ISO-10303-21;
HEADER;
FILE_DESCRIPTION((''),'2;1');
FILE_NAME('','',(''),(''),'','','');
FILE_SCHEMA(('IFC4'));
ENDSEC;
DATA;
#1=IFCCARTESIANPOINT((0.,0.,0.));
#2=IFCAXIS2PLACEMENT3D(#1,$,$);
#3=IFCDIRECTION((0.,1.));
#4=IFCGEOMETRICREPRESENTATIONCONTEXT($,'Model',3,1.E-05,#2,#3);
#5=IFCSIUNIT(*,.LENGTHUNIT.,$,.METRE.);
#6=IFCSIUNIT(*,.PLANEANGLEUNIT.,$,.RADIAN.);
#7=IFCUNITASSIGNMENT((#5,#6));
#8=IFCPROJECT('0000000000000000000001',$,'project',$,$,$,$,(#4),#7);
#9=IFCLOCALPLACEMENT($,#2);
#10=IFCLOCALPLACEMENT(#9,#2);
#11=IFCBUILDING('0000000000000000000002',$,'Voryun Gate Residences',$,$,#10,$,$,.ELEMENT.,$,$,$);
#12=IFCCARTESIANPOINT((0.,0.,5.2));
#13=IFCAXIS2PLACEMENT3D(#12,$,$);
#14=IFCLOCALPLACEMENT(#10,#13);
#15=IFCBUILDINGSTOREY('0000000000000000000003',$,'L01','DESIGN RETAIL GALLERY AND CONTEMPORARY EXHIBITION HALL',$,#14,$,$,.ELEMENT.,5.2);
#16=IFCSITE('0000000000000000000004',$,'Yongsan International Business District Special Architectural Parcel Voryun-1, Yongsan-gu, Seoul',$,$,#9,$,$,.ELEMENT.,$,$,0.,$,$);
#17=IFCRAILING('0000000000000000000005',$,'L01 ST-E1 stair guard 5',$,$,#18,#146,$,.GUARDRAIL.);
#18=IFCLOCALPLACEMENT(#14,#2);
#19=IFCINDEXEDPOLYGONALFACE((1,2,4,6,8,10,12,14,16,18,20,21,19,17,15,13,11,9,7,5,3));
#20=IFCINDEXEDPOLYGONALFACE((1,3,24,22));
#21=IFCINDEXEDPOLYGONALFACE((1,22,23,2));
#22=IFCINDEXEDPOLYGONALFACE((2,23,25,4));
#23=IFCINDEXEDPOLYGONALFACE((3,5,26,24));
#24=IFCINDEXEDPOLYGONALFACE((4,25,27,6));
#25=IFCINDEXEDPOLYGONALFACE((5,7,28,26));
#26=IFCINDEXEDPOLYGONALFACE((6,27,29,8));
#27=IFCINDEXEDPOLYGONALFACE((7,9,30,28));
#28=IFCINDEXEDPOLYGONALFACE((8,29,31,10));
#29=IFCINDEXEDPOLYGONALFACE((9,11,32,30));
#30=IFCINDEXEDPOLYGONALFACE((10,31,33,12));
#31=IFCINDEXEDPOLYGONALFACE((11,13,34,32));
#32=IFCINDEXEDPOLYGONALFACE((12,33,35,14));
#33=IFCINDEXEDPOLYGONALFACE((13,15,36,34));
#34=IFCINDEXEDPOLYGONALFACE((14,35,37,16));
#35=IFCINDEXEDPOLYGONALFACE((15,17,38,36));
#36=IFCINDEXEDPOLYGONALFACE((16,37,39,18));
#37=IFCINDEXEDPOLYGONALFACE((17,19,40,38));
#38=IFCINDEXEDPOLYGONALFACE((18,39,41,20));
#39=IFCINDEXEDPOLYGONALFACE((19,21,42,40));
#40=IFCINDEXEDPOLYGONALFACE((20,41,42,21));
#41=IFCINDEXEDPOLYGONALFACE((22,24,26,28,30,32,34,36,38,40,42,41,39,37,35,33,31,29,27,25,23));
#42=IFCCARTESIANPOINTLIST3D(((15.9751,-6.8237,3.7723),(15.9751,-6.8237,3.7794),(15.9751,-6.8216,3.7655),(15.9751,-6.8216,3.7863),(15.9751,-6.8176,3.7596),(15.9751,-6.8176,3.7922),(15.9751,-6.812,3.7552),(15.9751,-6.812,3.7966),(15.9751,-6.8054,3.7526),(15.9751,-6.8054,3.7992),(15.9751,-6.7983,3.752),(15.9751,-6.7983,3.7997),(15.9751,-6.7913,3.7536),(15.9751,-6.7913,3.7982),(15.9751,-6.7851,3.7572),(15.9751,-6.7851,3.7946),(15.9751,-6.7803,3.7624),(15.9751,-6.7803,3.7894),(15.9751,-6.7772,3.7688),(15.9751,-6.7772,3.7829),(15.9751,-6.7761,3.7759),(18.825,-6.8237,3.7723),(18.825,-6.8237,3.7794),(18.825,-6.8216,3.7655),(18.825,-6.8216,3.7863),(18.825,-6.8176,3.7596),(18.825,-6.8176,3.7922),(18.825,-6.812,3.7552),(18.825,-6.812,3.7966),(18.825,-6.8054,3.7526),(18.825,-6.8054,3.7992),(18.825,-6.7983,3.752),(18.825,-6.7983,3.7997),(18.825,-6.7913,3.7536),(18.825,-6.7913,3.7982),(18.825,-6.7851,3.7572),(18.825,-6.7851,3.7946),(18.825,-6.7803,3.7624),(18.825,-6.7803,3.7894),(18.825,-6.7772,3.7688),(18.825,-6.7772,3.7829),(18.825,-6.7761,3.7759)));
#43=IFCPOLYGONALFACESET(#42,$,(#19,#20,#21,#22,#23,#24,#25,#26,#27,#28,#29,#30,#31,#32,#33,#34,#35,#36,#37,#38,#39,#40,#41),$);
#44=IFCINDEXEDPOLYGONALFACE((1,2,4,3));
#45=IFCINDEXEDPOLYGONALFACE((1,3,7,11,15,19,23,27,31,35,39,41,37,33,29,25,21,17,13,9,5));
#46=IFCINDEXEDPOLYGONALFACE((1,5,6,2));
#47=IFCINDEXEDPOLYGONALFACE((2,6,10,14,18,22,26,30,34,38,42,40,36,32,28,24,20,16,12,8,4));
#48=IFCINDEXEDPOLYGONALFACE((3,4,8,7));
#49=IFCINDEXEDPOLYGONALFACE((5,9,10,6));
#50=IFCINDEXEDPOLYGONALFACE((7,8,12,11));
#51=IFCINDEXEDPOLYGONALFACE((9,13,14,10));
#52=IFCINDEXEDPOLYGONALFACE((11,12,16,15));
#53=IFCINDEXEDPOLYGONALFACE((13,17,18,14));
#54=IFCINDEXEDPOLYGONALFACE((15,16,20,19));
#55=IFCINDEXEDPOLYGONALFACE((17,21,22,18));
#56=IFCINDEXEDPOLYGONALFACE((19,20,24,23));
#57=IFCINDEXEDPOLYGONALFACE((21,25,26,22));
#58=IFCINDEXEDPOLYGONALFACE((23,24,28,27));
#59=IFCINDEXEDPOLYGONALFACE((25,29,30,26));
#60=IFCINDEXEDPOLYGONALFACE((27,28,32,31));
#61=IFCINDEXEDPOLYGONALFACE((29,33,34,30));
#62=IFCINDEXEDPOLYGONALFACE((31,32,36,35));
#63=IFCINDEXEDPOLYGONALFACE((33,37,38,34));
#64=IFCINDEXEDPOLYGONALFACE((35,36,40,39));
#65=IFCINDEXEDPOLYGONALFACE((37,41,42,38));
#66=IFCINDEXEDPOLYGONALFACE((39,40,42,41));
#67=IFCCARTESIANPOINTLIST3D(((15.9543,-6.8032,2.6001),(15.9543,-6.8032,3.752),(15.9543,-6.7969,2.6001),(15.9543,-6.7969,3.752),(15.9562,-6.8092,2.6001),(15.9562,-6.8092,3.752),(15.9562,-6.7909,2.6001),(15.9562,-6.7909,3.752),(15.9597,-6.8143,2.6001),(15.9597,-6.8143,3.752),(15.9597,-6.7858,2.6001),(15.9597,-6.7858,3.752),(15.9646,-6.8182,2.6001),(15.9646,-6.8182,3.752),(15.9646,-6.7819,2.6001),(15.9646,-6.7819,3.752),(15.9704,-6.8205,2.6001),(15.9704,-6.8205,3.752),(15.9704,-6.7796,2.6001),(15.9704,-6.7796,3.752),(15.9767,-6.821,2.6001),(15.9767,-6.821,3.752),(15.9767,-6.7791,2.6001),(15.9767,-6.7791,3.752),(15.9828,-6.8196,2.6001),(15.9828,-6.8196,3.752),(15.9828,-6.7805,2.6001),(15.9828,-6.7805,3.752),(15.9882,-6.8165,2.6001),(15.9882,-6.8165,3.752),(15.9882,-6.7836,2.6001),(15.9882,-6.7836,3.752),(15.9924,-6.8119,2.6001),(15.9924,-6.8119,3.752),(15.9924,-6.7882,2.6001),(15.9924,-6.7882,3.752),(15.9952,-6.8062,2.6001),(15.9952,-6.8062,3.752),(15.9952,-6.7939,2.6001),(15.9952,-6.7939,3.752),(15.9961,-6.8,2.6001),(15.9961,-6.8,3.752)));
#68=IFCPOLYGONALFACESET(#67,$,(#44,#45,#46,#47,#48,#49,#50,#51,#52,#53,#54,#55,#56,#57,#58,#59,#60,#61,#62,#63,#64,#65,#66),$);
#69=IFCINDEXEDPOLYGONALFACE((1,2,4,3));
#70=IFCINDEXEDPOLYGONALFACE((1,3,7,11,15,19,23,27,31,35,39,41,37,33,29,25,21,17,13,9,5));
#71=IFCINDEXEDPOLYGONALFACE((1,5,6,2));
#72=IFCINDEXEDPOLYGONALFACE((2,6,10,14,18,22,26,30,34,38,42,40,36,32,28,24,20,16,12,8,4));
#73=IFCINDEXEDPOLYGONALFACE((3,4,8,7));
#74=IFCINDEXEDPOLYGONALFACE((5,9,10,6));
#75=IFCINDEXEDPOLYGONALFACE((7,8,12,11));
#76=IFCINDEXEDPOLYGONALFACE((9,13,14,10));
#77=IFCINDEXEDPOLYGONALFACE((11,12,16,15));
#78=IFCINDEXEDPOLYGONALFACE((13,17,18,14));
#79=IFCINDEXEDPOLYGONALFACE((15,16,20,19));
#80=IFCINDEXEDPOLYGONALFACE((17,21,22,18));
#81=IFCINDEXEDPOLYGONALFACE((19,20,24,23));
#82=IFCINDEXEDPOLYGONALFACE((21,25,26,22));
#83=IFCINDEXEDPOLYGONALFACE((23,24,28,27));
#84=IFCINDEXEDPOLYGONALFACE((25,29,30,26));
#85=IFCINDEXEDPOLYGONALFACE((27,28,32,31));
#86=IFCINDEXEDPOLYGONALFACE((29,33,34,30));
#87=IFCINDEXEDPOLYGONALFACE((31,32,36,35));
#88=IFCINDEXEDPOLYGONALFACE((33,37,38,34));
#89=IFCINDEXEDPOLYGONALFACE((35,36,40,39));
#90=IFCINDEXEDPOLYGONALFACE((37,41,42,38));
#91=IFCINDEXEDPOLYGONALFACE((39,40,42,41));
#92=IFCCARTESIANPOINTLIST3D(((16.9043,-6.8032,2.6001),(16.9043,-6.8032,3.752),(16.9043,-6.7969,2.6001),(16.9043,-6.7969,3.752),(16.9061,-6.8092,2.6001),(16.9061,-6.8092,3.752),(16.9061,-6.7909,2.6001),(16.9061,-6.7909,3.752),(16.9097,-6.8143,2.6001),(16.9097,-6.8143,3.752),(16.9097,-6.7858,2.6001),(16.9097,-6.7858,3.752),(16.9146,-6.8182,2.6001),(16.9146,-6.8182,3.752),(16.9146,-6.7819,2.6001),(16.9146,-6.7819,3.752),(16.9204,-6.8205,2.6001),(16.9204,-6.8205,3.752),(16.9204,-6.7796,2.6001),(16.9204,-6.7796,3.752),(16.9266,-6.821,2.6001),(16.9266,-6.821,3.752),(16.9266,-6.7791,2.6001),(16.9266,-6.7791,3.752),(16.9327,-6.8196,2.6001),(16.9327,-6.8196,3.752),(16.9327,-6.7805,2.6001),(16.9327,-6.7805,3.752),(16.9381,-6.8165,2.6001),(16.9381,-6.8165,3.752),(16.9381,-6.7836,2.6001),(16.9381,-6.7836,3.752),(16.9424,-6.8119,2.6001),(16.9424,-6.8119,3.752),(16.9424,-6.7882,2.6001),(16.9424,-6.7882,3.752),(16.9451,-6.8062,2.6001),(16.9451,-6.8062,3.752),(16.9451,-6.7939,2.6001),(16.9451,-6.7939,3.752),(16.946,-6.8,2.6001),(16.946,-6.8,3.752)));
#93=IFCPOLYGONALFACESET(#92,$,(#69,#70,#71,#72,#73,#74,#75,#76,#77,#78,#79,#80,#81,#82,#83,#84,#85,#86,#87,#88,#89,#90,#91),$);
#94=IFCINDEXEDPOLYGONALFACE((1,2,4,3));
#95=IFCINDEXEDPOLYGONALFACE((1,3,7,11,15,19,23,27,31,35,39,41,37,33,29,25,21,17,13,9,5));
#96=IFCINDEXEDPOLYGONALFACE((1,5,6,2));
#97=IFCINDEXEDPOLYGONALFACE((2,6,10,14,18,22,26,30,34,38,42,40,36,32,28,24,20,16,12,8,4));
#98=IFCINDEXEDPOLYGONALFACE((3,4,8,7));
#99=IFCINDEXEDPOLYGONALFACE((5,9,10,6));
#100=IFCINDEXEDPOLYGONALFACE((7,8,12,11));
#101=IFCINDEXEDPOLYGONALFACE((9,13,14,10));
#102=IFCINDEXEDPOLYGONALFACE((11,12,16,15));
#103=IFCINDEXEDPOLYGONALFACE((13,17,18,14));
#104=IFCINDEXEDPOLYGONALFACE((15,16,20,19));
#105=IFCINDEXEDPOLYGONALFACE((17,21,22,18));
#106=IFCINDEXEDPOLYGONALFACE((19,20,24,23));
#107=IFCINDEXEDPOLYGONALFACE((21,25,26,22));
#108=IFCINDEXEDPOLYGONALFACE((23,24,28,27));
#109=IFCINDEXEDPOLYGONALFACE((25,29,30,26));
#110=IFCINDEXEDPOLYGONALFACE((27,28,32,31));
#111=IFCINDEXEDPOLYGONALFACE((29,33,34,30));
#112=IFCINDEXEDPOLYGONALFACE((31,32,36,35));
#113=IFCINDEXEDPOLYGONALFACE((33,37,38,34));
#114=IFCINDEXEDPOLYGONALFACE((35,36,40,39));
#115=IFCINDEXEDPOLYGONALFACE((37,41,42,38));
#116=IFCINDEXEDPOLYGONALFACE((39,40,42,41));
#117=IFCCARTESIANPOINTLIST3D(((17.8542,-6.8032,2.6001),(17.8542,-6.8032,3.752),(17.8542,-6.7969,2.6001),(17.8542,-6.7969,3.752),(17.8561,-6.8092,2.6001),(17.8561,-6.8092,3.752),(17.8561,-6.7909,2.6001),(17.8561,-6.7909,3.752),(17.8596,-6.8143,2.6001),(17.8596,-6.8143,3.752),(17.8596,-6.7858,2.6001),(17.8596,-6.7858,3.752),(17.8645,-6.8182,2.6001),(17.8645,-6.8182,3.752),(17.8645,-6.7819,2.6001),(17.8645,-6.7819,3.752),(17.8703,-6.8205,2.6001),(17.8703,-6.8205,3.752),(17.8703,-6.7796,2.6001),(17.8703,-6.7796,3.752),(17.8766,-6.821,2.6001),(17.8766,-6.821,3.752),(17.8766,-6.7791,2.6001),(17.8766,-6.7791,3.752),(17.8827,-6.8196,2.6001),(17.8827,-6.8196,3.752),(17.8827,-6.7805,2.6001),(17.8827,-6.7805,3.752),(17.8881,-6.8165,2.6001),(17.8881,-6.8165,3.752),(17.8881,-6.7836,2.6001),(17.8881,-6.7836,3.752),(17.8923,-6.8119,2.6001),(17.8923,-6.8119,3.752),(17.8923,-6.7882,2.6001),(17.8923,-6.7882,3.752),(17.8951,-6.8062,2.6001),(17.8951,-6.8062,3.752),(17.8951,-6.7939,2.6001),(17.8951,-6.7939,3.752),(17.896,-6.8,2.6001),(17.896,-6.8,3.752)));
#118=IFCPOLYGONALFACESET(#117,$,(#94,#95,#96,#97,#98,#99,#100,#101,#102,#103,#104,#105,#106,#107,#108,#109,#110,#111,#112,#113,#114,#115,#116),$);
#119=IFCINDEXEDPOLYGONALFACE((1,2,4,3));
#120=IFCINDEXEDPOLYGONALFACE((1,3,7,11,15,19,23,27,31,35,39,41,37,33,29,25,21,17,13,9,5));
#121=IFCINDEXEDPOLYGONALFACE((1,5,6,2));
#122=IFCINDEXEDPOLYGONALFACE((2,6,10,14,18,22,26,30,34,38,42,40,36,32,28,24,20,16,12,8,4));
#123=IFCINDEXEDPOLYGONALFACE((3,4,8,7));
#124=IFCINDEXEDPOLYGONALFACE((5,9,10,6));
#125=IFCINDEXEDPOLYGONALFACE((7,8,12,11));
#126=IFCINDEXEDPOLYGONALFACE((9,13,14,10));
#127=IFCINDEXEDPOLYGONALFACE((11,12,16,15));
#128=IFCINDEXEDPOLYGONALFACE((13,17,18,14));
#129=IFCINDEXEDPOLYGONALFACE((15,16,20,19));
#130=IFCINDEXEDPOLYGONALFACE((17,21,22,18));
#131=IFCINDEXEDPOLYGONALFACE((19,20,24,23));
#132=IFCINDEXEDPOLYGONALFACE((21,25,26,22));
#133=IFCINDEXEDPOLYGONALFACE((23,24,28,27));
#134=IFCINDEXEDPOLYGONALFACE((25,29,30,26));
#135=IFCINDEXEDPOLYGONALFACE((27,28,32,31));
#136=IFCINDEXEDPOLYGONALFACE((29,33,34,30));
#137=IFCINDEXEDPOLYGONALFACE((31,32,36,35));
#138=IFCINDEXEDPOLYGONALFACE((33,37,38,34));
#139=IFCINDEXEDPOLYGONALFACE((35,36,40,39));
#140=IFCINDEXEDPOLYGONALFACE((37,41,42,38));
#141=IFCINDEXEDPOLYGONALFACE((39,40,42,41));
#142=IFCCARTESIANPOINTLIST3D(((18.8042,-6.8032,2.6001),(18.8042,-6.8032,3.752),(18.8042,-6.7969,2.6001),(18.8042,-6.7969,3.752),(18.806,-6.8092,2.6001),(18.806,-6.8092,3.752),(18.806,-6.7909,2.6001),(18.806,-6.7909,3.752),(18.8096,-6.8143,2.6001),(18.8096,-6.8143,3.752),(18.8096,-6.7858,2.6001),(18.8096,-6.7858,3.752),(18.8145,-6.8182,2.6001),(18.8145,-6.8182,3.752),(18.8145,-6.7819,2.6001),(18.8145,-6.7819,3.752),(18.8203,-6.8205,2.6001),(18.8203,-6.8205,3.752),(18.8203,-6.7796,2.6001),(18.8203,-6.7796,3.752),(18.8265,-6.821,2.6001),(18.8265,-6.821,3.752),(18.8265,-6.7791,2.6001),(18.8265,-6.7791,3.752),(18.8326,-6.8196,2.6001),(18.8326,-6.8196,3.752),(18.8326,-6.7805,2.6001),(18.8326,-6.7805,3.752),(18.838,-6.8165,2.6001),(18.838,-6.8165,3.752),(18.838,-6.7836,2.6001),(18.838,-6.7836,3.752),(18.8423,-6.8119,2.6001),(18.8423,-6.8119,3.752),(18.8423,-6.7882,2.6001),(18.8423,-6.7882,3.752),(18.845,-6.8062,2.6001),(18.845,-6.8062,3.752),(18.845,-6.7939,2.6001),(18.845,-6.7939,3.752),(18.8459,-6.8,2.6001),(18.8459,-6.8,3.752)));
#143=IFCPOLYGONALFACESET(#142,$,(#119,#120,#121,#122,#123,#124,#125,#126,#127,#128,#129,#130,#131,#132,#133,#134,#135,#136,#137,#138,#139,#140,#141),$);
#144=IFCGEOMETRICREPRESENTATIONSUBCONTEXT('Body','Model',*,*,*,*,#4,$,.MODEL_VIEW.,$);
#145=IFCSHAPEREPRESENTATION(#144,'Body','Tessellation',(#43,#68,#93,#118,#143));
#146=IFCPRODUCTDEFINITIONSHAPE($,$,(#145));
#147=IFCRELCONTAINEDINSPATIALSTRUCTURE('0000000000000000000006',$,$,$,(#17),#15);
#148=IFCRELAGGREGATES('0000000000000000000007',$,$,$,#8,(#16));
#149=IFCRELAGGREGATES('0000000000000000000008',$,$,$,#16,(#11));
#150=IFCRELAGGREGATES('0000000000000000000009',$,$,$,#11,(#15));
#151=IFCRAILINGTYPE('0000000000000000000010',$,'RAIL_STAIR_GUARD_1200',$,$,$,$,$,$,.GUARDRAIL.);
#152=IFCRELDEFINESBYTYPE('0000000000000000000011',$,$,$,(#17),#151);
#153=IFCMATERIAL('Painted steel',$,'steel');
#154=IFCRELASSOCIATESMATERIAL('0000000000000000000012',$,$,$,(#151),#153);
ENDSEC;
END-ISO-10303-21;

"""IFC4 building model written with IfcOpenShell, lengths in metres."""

from ifc_helpers import new_model, si_unit, direction, frame, origin, origin_2d, place, context, subcontext, project, spatial, circle, extrude, material, type_object, element, save


model = new_model("IFC4")

# Units and contexts
model_context = context("Model", 3, precision=1e-05, world=origin(), true_north=direction((0.0, 1.0)))
body_context = subcontext(model_context, "Body", "Model", "MODEL_VIEW")
ifc_project = project(units=[si_unit("LENGTHUNIT", "METRE"), si_unit("PLANEANGLEUNIT", "RADIAN")], contexts=[model_context])

# Site, building, storey
site_placement = place(None, origin())
site = spatial("IfcSite", under=ifc_project, at=site_placement, Name="Yongsan International Business District Special Architectural Parcel Voryun-1, Yongsan-gu, Seoul", CompositionType="ELEMENT", RefElevation=0.0)
building_placement = place(site_placement, origin())
building = spatial("IfcBuilding", under=site, at=building_placement, Name="Voryun Gate Residences", CompositionType="ELEMENT")
storey_placement = place(building_placement, frame((0.0, 0.0, 5.2)))
storey = spatial("IfcBuildingStorey", under=building, at=storey_placement, Name="L01", Description="DESIGN RETAIL GALLERY AND CONTEMPORARY EXHIBITION HALL", CompositionType="ELEMENT", Elevation=5.2)

# Railing
ifc_material_1 = material(Name="Painted steel", Category="steel")
railing_type_1 = type_object("IfcRailingType", Name="RAIL_STAIR_GUARD_1200", PredefinedType="GUARDRAIL", material=ifc_material_1)
railing_1_placement = place(storey_placement, frame((15.9751, -6.8, 2.6001)))
element("IfcRailing", 1, at=railing_1_placement, inside=storey, type_object=railing_type_1, Name="L01 ST-E1 stair guard 5", PredefinedType="GUARDRAIL", context=body_context, shape_type="SweptSolid", body=[
    extrude(circle(Radius=0.0239, at=origin_2d()), frame((0.0, 0.0, 1.1758), z_axis=(1.0, 0.0, 0.0), x_axis=(0.0, 1.0, 0.0)), (0.0, 0.0, 1.0), 2.8499),
    extrude(circle(Radius=0.021, at=origin_2d()), origin(), (0.0, 0.0, 1.0), 1.1519),
    extrude(circle(Radius=0.021, at=origin_2d()), frame((0.95, 0.0, 0.0)), (0.0, 0.0, 1.0), 1.1519),
    extrude(circle(Radius=0.021, at=origin_2d()), frame((1.8999, 0.0, 0.0)), (0.0, 0.0, 1.0), 1.1519),
    extrude(circle(Radius=0.021, at=origin_2d()), frame((2.8499, 0.0, 0.0)), (0.0, 0.0, 1.0), 1.1519),
])

save(model, "model.ifc")
